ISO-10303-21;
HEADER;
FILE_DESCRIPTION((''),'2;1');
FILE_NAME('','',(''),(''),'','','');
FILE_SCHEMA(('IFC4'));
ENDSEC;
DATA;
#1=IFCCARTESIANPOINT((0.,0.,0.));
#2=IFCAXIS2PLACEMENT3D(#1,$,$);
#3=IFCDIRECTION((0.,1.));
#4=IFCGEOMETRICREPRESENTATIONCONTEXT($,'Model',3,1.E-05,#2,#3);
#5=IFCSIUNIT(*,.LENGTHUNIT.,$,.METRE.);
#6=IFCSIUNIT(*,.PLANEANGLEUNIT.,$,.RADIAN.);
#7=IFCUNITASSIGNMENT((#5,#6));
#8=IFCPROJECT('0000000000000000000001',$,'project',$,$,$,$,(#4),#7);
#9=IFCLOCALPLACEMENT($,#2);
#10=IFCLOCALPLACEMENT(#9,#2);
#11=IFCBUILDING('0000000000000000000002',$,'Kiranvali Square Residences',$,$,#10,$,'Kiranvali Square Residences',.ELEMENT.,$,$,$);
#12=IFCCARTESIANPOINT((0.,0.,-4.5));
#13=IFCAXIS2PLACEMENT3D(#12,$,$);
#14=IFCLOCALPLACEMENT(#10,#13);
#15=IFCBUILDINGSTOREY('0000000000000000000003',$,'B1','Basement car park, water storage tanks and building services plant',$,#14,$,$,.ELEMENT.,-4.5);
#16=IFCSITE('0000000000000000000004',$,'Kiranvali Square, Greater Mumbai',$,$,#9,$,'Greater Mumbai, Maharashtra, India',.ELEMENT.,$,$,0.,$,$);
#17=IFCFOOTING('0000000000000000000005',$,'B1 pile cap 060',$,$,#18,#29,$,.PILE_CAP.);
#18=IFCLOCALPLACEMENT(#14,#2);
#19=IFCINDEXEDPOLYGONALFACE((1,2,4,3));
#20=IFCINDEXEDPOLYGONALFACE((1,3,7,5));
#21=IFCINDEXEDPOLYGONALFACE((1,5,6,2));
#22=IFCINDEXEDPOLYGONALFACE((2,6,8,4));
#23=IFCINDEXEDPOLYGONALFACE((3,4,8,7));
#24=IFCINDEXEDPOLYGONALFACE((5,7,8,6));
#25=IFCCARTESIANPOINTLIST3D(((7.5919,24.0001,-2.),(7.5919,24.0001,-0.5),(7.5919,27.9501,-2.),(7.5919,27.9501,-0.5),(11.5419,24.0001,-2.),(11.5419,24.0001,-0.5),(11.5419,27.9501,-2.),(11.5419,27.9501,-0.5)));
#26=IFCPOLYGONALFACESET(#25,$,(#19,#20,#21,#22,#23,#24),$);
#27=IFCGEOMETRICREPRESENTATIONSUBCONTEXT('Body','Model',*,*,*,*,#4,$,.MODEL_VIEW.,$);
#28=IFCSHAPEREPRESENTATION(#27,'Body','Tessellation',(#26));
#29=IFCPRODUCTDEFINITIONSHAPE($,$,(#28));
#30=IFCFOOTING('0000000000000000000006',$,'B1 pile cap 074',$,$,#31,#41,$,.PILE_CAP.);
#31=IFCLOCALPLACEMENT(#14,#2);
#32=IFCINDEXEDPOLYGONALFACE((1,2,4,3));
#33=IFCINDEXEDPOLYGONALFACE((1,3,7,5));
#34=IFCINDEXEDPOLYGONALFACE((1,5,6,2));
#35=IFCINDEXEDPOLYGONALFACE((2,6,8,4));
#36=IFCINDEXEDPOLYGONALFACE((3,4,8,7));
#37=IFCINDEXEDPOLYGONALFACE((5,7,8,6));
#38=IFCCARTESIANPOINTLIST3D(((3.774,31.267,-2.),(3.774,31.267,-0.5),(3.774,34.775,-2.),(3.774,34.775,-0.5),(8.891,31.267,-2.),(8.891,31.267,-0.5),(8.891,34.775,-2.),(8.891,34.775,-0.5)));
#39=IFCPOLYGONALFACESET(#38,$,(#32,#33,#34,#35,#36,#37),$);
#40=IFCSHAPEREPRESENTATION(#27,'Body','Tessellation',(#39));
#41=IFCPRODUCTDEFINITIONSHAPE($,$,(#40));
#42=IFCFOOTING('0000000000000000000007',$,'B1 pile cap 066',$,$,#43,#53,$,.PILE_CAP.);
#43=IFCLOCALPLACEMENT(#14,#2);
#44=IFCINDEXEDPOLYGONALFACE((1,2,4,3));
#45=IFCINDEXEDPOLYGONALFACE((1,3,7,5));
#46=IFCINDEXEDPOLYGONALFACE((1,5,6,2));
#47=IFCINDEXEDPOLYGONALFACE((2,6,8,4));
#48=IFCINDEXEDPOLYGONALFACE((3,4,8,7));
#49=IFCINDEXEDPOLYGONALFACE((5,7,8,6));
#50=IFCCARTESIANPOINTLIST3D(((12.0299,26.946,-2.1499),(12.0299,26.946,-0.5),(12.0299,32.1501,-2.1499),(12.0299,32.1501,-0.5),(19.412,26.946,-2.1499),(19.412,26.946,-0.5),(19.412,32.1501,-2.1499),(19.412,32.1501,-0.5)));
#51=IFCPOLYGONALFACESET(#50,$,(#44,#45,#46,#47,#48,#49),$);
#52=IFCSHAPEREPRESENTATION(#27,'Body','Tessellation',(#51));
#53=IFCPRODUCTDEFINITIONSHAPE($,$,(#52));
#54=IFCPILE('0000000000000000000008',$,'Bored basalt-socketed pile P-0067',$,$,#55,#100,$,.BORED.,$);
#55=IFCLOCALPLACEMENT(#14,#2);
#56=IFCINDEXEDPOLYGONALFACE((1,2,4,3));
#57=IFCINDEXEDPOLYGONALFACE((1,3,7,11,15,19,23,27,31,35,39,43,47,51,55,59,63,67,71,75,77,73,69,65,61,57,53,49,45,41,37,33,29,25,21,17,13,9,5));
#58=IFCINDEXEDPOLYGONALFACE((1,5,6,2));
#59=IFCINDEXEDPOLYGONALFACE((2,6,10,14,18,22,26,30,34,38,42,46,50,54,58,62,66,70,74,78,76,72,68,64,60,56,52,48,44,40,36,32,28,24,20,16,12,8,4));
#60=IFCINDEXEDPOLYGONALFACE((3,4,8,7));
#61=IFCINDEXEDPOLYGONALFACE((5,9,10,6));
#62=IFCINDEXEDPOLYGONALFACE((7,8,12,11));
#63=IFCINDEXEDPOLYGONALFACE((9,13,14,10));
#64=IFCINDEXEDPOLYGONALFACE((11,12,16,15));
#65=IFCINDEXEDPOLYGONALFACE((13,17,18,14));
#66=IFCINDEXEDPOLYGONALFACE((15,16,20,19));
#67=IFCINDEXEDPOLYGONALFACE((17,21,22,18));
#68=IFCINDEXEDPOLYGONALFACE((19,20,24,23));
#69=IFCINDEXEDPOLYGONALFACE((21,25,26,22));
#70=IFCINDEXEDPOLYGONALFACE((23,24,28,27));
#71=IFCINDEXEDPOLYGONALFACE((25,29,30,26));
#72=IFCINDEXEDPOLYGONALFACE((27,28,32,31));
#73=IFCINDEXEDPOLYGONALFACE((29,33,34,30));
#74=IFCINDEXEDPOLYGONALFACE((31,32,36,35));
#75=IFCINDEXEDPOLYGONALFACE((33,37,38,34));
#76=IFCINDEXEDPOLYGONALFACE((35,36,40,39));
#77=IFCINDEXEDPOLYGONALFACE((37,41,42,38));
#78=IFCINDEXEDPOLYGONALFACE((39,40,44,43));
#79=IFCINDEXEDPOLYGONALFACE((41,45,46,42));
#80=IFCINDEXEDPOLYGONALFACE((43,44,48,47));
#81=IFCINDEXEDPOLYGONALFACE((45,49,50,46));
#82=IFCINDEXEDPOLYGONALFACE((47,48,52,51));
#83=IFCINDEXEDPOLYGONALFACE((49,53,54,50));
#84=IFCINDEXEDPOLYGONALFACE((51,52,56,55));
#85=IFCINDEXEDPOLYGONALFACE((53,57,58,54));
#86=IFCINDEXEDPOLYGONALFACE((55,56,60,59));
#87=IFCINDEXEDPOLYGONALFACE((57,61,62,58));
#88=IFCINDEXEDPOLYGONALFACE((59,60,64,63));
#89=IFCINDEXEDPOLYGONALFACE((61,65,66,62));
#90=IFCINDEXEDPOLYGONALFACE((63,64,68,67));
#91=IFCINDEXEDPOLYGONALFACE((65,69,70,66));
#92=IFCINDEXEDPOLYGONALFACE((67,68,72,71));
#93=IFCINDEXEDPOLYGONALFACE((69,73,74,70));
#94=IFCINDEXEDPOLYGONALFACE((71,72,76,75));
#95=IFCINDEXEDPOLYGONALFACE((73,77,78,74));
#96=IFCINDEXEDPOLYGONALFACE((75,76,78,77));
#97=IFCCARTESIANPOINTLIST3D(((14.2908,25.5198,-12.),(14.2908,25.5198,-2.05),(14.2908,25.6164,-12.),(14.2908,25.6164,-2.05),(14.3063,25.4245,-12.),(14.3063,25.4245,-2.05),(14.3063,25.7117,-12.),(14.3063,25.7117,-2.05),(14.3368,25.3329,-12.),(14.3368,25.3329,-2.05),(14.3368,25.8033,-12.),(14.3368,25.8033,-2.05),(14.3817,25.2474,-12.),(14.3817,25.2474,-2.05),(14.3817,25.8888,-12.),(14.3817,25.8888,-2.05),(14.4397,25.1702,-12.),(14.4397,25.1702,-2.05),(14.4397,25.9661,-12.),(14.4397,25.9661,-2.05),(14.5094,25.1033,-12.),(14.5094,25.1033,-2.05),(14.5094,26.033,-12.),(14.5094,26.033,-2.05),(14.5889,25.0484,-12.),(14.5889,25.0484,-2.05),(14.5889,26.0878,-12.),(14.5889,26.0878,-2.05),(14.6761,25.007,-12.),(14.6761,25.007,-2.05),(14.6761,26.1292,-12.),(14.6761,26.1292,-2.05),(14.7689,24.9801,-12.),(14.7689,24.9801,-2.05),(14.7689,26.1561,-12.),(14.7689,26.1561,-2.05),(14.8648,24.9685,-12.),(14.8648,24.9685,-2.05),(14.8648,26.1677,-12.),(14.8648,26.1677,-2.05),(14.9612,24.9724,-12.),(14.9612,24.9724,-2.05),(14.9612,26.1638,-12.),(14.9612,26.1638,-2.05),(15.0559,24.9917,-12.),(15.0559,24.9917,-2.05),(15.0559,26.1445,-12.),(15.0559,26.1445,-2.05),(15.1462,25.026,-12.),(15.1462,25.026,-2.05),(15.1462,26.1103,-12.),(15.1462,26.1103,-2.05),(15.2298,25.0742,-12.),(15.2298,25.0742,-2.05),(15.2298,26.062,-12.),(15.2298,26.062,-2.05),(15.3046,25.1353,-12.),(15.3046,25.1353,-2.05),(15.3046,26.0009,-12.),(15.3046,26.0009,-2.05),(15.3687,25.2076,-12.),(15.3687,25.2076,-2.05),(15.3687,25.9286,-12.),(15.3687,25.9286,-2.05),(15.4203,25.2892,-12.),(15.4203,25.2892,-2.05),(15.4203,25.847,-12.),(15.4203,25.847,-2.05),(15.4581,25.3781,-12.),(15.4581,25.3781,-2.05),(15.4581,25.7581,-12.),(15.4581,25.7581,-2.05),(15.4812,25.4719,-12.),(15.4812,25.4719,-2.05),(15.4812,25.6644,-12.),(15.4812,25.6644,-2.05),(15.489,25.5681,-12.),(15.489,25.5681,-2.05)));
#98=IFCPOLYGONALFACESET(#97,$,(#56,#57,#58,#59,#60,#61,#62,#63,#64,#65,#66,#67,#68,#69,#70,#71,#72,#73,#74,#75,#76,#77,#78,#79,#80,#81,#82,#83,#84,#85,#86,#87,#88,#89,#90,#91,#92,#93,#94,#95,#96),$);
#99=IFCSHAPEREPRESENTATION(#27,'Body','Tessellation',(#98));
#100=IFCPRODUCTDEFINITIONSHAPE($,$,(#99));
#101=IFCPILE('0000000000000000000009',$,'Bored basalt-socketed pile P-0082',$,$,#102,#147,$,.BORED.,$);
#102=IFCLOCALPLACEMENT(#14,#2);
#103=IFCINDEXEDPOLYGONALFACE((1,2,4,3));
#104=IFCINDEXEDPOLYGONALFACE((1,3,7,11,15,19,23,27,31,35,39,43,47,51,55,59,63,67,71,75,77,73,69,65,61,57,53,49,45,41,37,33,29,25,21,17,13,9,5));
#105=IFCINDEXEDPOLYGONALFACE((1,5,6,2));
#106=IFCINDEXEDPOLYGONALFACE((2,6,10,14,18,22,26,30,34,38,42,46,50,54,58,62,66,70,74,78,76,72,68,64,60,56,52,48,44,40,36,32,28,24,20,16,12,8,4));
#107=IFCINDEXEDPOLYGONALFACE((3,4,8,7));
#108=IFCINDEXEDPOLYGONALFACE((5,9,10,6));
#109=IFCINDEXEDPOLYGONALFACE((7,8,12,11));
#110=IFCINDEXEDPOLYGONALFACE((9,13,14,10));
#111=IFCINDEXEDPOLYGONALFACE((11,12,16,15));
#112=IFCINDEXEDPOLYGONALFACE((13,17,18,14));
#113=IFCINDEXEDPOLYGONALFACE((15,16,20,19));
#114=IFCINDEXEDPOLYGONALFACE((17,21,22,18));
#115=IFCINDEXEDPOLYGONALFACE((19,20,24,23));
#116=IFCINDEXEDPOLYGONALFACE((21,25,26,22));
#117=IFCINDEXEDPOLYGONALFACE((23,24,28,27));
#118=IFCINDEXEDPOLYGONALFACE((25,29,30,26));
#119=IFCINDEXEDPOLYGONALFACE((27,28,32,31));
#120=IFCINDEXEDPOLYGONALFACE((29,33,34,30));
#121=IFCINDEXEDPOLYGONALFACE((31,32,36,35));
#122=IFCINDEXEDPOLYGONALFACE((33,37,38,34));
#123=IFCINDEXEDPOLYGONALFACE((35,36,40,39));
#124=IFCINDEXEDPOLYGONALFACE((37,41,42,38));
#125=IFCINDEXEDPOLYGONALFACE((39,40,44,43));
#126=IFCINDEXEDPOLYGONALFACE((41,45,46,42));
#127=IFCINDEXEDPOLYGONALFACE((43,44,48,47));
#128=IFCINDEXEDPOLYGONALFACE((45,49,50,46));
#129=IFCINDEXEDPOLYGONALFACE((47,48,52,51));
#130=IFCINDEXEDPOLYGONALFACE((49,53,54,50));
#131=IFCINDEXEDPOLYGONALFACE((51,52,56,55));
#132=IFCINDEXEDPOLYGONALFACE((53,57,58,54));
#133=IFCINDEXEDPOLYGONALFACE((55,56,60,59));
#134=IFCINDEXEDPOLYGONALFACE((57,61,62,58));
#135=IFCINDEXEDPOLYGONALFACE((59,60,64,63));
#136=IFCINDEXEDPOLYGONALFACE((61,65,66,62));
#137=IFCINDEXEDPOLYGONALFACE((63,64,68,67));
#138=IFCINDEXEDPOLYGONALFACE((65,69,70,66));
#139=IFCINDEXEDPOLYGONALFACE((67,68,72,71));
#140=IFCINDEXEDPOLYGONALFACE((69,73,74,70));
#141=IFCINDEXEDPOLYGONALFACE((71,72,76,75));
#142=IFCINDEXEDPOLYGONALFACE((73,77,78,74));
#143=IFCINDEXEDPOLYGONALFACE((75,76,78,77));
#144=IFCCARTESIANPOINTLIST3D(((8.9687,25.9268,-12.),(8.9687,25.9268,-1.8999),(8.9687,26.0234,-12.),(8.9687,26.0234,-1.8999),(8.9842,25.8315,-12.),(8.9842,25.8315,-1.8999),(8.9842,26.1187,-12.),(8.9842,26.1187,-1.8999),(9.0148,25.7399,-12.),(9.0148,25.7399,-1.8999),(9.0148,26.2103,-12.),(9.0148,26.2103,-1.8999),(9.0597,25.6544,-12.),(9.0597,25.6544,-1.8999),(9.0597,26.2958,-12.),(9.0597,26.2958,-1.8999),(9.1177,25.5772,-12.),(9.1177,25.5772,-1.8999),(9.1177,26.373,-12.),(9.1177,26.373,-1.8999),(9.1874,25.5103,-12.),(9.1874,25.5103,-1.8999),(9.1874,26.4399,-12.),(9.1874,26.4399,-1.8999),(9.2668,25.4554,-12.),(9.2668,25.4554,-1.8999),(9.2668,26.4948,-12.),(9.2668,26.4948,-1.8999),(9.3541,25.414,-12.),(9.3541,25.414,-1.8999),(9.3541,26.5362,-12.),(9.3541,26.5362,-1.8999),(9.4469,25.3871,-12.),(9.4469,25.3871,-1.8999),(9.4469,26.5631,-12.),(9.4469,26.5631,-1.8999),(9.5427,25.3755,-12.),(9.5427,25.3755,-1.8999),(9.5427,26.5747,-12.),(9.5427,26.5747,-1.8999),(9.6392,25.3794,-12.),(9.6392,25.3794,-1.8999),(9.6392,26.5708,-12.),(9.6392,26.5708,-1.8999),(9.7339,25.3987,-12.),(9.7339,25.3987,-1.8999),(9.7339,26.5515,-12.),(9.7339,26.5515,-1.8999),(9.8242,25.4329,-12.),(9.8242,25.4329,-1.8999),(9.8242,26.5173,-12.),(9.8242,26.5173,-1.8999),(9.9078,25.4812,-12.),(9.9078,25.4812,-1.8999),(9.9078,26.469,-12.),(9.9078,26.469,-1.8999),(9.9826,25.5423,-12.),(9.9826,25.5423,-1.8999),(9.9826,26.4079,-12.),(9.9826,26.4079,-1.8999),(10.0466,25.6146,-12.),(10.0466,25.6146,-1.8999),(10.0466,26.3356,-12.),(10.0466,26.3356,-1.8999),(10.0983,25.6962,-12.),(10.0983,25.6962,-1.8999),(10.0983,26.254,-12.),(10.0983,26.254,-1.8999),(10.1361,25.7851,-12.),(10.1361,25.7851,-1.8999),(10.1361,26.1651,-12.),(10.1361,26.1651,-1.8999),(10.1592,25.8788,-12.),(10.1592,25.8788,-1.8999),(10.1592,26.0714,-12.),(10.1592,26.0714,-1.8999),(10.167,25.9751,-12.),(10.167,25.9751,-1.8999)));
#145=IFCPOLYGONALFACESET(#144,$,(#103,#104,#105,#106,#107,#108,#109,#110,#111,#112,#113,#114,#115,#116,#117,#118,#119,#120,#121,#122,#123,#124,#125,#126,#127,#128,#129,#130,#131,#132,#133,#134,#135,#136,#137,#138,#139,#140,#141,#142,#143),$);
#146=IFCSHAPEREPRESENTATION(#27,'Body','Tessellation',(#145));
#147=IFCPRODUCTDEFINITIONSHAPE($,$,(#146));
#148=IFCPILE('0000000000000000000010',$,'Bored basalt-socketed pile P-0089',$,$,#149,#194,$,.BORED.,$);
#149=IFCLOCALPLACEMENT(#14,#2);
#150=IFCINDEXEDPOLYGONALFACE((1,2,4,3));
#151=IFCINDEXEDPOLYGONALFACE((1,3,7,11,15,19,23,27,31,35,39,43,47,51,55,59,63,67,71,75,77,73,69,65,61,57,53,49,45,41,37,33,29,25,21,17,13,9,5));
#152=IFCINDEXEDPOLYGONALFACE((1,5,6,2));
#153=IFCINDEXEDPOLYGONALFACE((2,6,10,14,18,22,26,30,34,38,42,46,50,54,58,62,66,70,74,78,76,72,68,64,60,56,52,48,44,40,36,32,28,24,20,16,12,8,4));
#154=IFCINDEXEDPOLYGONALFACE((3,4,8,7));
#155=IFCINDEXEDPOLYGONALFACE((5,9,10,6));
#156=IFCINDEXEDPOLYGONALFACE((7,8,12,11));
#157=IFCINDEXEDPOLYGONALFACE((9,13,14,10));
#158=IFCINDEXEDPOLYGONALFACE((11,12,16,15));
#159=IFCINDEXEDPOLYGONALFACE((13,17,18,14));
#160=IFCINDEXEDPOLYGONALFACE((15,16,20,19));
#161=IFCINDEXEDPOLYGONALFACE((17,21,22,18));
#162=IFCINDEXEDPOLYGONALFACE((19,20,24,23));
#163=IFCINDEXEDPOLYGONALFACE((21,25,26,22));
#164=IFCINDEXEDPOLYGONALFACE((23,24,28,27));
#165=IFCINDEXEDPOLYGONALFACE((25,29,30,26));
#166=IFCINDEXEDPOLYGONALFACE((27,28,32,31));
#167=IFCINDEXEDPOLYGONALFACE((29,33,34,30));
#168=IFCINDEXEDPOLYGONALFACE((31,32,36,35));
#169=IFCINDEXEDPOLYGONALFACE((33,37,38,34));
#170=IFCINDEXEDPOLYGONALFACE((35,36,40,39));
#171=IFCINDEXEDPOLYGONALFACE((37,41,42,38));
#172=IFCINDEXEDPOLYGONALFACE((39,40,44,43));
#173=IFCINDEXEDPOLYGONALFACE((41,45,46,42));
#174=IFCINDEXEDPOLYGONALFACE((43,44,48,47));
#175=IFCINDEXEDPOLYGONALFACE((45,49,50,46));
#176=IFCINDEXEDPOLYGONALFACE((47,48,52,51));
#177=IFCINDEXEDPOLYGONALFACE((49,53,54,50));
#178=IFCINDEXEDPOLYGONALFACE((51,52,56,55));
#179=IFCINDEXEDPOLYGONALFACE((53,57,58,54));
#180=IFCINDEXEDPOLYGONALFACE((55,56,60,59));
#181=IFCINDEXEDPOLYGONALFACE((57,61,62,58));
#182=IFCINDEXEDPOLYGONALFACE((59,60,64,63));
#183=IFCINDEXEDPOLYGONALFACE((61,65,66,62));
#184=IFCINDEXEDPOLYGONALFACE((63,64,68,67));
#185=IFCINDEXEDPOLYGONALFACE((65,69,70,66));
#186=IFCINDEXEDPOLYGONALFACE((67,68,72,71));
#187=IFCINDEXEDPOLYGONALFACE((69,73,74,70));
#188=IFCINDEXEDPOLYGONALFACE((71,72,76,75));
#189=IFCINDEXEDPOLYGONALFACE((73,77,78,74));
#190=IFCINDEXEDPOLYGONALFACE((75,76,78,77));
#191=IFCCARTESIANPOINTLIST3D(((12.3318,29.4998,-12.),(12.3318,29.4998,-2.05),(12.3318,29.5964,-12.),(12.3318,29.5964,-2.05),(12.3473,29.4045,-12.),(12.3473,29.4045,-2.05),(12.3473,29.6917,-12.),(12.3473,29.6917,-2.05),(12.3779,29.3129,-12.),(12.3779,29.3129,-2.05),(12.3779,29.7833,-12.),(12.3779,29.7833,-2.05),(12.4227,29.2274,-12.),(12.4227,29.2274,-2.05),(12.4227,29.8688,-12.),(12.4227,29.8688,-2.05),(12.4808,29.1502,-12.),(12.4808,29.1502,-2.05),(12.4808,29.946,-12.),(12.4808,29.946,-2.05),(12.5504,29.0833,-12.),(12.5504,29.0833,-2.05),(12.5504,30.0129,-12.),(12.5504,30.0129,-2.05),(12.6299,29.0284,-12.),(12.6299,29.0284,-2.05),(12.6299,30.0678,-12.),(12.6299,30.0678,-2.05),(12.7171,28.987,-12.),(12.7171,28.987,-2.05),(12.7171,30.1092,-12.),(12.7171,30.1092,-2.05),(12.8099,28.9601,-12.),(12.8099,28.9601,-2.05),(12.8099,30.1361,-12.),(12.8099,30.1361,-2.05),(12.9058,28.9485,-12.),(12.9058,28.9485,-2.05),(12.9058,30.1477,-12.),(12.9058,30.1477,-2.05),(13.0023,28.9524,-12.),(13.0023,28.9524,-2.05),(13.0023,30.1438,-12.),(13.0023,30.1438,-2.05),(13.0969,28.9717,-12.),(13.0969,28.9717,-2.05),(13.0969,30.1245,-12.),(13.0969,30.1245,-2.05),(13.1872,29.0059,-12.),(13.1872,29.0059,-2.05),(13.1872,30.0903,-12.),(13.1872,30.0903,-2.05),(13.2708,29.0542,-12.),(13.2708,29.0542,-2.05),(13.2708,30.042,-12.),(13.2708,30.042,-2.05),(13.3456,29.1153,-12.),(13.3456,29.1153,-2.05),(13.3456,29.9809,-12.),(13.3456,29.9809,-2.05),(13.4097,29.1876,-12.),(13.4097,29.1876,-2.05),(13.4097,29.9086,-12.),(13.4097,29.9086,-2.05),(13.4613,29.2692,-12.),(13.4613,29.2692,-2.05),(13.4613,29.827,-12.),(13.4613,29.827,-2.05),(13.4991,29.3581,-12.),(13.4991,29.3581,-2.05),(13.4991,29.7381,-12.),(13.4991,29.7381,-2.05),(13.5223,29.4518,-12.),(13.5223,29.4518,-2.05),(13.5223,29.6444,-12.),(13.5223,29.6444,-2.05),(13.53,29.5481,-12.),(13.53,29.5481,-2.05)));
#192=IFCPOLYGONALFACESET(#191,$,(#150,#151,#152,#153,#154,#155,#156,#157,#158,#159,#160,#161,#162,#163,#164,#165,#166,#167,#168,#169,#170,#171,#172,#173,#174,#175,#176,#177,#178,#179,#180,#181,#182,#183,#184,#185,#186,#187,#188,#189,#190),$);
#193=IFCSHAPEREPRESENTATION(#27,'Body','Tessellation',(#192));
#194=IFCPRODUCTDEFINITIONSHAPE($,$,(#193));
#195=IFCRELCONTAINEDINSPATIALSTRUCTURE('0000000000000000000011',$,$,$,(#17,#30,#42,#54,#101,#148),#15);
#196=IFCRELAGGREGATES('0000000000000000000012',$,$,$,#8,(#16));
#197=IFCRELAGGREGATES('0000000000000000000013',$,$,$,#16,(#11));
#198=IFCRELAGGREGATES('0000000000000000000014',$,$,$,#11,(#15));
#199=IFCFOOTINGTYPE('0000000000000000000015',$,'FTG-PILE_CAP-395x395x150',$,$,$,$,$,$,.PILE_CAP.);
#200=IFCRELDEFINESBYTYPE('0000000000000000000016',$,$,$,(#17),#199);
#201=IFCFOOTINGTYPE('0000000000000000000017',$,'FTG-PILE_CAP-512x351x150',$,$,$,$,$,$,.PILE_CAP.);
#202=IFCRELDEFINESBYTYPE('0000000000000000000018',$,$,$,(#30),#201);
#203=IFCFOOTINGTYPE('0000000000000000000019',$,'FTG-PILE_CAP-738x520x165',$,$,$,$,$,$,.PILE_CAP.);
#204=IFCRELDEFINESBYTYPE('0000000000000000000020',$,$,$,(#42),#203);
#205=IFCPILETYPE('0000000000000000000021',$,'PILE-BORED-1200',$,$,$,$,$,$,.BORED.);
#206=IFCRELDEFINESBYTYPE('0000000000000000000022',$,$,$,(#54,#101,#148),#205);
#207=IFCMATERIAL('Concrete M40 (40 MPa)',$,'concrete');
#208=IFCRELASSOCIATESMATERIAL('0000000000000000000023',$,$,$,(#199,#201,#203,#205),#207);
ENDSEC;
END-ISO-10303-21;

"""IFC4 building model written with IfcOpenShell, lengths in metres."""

from ifc_helpers import new_model, si_unit, direction, frame, origin, origin_2d, place, context, subcontext, project, spatial, rectangle, circle, extrude, material, material_profile, profile_set, type_object, element, save


model = new_model("IFC4")

# Units and contexts
model_context = context("Model", 3, precision=1e-05, world=origin(), true_north=direction((0.0, 1.0)))
body_context = subcontext(model_context, "Body", "Model", "MODEL_VIEW")
ifc_project = project(units=[si_unit("LENGTHUNIT", "METRE"), si_unit("PLANEANGLEUNIT", "RADIAN")], contexts=[model_context])

# Site, building, storey
site_placement = place(None, origin())
site = spatial("IfcSite", under=ifc_project, at=site_placement, Name="Kiranvali Square, Greater Mumbai", LongName="Greater Mumbai, Maharashtra, India", CompositionType="ELEMENT", RefElevation=0.0)
building_placement = place(site_placement, origin())
building = spatial("IfcBuilding", under=site, at=building_placement, Name="Kiranvali Square Residences", LongName="Kiranvali Square Residences", CompositionType="ELEMENT")
storey_placement = place(building_placement, frame((0.0, 0.0, -4.5)))
storey = spatial("IfcBuildingStorey", under=building, at=storey_placement, Name="B1", Description="Basement car park, water storage tanks and building services plant", CompositionType="ELEMENT", Elevation=-4.5)

# Footings
ifc_material_1 = material(Name="Concrete M40 (40 MPa)", Category="concrete")
footing_type_1 = type_object("IfcFootingType", Name="FTG-PILE_CAP-395x395x150", PredefinedType="PILE_CAP", material=ifc_material_1)
footing_1_placement = place(storey_placement, frame((9.5669, 25.9751, -2.0), z_axis=(0.0, 0.0, 1.0), x_axis=(1.0, 0.0, 0.0)))
element("IfcFooting", 1, at=footing_1_placement, inside=storey, type_object=footing_type_1, Name="B1 pile cap 060", PredefinedType="PILE_CAP", context=body_context, shape_type="SweptSolid", body=[
    extrude(rectangle(XDim=3.95, YDim=3.95, at=origin_2d()), origin(), (0.0, 0.0, 1.0), 1.5),
])
footing_type_2 = type_object("IfcFootingType", Name="FTG-PILE_CAP-512x351x150", PredefinedType="PILE_CAP", material=ifc_material_1)
footing_2_placement = place(storey_placement, frame((6.3325, 33.021, -2.0), z_axis=(0.0, 0.0, 1.0), x_axis=(1.0, 0.0, 0.0)))
element("IfcFooting", 2, at=footing_2_placement, inside=storey, type_object=footing_type_2, Name="B1 pile cap 074", PredefinedType="PILE_CAP", context=body_context, shape_type="SweptSolid", body=[
    extrude(rectangle(XDim=5.1169, YDim=3.5081, at=origin_2d()), origin(), (0.0, 0.0, 1.0), 1.5),
])
footing_type_3 = type_object("IfcFootingType", Name="FTG-PILE_CAP-738x520x165", PredefinedType="PILE_CAP", material=ifc_material_1)
footing_3_placement = place(storey_placement, frame((15.7209, 29.5481, -2.1499), z_axis=(0.0, 0.0, 1.0), x_axis=(1.0, 0.0, 0.0)))
element("IfcFooting", 3, at=footing_3_placement, inside=storey, type_object=footing_type_3, Name="B1 pile cap 066", PredefinedType="PILE_CAP", context=body_context, shape_type="SweptSolid", body=[
    extrude(rectangle(XDim=7.3821, YDim=5.2041, at=origin_2d()), origin(), (0.0, 0.0, 1.0), 1.6499),
])

# Piles
ifc_material_profile_1 = material_profile(ifc_material_1, circle(Radius=0.6001, at=origin_2d()), Name="BORED PILE 1200")
ifc_profile_set_1 = profile_set([ifc_material_profile_1], Name="Concrete M40 (40 MPa)")
pile_type = type_object("IfcPileType", Name="PILE-BORED-1200", PredefinedType="BORED", material=ifc_profile_set_1)
pile_1_placement = place(storey_placement, frame((14.8889, 25.5681, -2.05), z_axis=(0.0, 0.0, -1.0), x_axis=(1.0, 0.0, 0.0)))
element("IfcPile", 4, at=pile_1_placement, inside=storey, type_object=pile_type, Name="Bored basalt-socketed pile P-0067", PredefinedType="BORED", context=body_context, shape_type="SweptSolid", body=[
    extrude(circle(Radius=0.6001, at=origin_2d()), origin(), (0.0, 0.0, 1.0), 9.95),
])
pile_2_placement = place(storey_placement, frame((9.5669, 25.9751, -1.8999), z_axis=(0.0, 0.0, -1.0), x_axis=(1.0, 0.0, 0.0)))
element("IfcPile", 5, at=pile_2_placement, inside=storey, type_object=pile_type, Name="Bored basalt-socketed pile P-0082", PredefinedType="BORED", context=body_context, shape_type="SweptSolid", body=[
    extrude(circle(Radius=0.6001, at=origin_2d()), origin(), (0.0, 0.0, 1.0), 10.1001),
])
for number, where, z_axis, x_axis, name in (
    (6, (12.9299, 29.5481, -2.05), (0.0, 0.0, -1.0), (1.0, 0.0, 0.0), "Bored basalt-socketed pile P-0089"),
):
    element("IfcPile", number, at=place(storey_placement, frame(where, z_axis=z_axis, x_axis=x_axis)), inside=storey, type_object=pile_type, Name=name, PredefinedType="BORED", context=body_context, shape_type="SweptSolid", body=[
        extrude(circle(Radius=0.6001, at=origin_2d()), origin(), (0.0, 0.0, 1.0), 9.95),
    ])

save(model, "model.ifc")
